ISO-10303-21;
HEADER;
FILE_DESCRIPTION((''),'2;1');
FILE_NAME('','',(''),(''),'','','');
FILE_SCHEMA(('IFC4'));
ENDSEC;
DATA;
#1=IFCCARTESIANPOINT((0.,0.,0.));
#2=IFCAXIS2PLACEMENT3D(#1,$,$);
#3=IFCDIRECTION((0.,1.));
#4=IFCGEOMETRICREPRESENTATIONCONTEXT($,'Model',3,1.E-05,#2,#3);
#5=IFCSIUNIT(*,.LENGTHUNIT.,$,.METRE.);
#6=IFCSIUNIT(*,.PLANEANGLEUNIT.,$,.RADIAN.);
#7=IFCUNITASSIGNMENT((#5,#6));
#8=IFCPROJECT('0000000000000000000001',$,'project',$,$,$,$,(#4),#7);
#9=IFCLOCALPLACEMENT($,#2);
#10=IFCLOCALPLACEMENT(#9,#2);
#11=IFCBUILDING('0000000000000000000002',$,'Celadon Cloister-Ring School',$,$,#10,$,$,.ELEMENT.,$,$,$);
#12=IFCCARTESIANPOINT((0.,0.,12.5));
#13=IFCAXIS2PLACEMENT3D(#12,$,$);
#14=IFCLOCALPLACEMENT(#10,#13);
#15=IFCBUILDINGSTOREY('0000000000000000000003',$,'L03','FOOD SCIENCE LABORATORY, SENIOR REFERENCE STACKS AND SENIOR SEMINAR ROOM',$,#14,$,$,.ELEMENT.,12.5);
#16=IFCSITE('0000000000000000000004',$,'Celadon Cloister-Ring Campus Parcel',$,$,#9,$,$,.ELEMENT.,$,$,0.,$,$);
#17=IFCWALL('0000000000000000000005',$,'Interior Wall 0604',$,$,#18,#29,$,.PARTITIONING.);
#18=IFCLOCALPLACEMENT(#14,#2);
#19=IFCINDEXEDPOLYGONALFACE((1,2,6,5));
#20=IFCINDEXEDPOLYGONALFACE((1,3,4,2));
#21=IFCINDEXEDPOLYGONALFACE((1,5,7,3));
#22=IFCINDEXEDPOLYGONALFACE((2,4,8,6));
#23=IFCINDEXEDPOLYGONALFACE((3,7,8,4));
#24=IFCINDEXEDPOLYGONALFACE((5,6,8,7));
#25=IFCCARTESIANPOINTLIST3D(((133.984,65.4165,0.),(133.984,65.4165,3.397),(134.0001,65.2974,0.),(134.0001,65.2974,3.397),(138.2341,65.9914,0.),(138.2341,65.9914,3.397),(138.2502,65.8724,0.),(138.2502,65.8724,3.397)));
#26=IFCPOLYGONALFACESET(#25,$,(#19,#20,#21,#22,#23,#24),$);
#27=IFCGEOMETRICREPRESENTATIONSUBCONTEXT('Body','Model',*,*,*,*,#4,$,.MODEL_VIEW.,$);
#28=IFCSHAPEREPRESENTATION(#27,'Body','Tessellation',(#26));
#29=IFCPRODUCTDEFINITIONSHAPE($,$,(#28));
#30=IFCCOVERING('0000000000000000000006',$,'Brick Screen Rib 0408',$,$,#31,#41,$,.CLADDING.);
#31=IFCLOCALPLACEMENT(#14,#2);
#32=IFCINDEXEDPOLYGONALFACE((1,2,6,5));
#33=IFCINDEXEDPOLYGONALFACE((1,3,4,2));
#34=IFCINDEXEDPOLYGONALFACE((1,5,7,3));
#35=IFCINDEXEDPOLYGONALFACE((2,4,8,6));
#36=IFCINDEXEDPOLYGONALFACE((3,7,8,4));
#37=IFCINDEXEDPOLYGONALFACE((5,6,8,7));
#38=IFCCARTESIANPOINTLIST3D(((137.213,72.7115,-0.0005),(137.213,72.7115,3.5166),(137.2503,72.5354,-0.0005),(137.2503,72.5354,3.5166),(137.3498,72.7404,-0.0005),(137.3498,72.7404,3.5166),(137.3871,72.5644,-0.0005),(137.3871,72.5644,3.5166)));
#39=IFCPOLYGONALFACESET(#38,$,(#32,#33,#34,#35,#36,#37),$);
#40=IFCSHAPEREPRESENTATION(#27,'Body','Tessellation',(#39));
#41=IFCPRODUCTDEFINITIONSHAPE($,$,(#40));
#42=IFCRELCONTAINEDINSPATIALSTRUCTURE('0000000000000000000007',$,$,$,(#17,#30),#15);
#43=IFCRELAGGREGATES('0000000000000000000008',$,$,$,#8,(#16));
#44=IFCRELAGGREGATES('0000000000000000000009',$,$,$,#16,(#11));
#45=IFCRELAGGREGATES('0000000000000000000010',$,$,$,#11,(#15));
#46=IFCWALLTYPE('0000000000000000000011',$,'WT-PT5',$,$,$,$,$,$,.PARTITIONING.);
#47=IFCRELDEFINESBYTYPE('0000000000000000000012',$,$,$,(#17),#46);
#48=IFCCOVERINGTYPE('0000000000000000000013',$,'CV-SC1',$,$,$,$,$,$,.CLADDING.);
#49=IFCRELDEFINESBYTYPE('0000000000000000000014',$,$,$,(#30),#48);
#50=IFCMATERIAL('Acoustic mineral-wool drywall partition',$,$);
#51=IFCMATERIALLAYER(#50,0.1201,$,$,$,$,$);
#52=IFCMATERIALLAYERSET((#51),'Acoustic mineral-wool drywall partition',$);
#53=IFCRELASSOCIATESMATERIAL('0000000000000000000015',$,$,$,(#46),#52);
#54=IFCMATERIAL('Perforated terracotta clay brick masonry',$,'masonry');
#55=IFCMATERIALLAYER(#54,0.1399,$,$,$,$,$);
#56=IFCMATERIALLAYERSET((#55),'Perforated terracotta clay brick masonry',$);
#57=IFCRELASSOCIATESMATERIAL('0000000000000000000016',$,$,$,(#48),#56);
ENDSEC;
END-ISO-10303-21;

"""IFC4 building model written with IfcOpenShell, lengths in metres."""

from ifc_helpers import new_model, si_unit, direction, frame, frame_2d, origin, origin_2d, place, context, subcontext, project, spatial, rectangle, extrude, material, layer, layer_set, type_object, element, save


model = new_model("IFC4")

# Units and contexts
model_context = context("Model", 3, precision=1e-05, world=origin(), true_north=direction((0.0, 1.0)))
body_context = subcontext(model_context, "Body", "Model", "MODEL_VIEW")
ifc_project = project(units=[si_unit("LENGTHUNIT", "METRE"), si_unit("PLANEANGLEUNIT", "RADIAN")], contexts=[model_context])

# Site, building, storey
site_placement = place(None, origin())
site = spatial("IfcSite", under=ifc_project, at=site_placement, Name="Celadon Cloister-Ring Campus Parcel", CompositionType="ELEMENT", RefElevation=0.0)
building_placement = place(site_placement, origin())
building = spatial("IfcBuilding", under=site, at=building_placement, Name="Celadon Cloister-Ring School", CompositionType="ELEMENT")
storey_placement = place(building_placement, frame((0.0, 0.0, 12.5)))
storey = spatial("IfcBuildingStorey", under=building, at=storey_placement, Name="L03", Description="FOOD SCIENCE LABORATORY, SENIOR REFERENCE STACKS AND SENIOR SEMINAR ROOM", CompositionType="ELEMENT", Elevation=12.5)

# Wall
ifc_material_1 = material(Name="Acoustic mineral-wool drywall partition")
ifc_layer_1 = layer(ifc_material_1, 0.1201)
ifc_layer_set_1 = layer_set([ifc_layer_1], Name="Acoustic mineral-wool drywall partition")
wall_type_1 = type_object("IfcWallType", Name="WT-PT5", PredefinedType="PARTITIONING", material=ifc_layer_set_1)
wall_1_placement = place(storey_placement, frame((133.9919, 65.3569, 0.0), z_axis=(0.0, 0.0, 1.0), x_axis=(0.990973, 0.134061, 0.0)))
element("IfcWall", 1, at=wall_1_placement, inside=storey, type_object=wall_type_1, Name="Interior Wall 0604", PredefinedType="PARTITIONING", context=body_context, shape_type="SweptSolid", body=[
    extrude(rectangle(XDim=4.2888, YDim=0.1201, at=frame_2d((2.1445, 0.0))), origin(), (0.0, 0.0, 1.0), 3.397),
])

# Covering
ifc_material_2 = material(Name="Perforated terracotta clay brick masonry", Category="masonry")
ifc_layer_2 = layer(ifc_material_2, 0.1399)
ifc_layer_set_2 = layer_set([ifc_layer_2], Name="Perforated terracotta clay brick masonry")
covering_type = type_object("IfcCoveringType", Name="CV-SC1", PredefinedType="CLADDING", material=ifc_layer_set_2)
covering_placement = place(storey_placement, frame((137.3, 72.6379, -0.0005), z_axis=(0.0, 0.0, 1.0), x_axis=(0.207263, -0.978285, 0.0)))
element("IfcCovering", 2, at=covering_placement, inside=storey, type_object=covering_type, Name="Brick Screen Rib 0408", PredefinedType="CLADDING", context=body_context, shape_type="SweptSolid", body=[
    extrude(rectangle(XDim=0.1799, YDim=0.1399, at=origin_2d()), origin(), (0.0, 0.0, 1.0), 3.5171),
])

save(model, "model.ifc")
